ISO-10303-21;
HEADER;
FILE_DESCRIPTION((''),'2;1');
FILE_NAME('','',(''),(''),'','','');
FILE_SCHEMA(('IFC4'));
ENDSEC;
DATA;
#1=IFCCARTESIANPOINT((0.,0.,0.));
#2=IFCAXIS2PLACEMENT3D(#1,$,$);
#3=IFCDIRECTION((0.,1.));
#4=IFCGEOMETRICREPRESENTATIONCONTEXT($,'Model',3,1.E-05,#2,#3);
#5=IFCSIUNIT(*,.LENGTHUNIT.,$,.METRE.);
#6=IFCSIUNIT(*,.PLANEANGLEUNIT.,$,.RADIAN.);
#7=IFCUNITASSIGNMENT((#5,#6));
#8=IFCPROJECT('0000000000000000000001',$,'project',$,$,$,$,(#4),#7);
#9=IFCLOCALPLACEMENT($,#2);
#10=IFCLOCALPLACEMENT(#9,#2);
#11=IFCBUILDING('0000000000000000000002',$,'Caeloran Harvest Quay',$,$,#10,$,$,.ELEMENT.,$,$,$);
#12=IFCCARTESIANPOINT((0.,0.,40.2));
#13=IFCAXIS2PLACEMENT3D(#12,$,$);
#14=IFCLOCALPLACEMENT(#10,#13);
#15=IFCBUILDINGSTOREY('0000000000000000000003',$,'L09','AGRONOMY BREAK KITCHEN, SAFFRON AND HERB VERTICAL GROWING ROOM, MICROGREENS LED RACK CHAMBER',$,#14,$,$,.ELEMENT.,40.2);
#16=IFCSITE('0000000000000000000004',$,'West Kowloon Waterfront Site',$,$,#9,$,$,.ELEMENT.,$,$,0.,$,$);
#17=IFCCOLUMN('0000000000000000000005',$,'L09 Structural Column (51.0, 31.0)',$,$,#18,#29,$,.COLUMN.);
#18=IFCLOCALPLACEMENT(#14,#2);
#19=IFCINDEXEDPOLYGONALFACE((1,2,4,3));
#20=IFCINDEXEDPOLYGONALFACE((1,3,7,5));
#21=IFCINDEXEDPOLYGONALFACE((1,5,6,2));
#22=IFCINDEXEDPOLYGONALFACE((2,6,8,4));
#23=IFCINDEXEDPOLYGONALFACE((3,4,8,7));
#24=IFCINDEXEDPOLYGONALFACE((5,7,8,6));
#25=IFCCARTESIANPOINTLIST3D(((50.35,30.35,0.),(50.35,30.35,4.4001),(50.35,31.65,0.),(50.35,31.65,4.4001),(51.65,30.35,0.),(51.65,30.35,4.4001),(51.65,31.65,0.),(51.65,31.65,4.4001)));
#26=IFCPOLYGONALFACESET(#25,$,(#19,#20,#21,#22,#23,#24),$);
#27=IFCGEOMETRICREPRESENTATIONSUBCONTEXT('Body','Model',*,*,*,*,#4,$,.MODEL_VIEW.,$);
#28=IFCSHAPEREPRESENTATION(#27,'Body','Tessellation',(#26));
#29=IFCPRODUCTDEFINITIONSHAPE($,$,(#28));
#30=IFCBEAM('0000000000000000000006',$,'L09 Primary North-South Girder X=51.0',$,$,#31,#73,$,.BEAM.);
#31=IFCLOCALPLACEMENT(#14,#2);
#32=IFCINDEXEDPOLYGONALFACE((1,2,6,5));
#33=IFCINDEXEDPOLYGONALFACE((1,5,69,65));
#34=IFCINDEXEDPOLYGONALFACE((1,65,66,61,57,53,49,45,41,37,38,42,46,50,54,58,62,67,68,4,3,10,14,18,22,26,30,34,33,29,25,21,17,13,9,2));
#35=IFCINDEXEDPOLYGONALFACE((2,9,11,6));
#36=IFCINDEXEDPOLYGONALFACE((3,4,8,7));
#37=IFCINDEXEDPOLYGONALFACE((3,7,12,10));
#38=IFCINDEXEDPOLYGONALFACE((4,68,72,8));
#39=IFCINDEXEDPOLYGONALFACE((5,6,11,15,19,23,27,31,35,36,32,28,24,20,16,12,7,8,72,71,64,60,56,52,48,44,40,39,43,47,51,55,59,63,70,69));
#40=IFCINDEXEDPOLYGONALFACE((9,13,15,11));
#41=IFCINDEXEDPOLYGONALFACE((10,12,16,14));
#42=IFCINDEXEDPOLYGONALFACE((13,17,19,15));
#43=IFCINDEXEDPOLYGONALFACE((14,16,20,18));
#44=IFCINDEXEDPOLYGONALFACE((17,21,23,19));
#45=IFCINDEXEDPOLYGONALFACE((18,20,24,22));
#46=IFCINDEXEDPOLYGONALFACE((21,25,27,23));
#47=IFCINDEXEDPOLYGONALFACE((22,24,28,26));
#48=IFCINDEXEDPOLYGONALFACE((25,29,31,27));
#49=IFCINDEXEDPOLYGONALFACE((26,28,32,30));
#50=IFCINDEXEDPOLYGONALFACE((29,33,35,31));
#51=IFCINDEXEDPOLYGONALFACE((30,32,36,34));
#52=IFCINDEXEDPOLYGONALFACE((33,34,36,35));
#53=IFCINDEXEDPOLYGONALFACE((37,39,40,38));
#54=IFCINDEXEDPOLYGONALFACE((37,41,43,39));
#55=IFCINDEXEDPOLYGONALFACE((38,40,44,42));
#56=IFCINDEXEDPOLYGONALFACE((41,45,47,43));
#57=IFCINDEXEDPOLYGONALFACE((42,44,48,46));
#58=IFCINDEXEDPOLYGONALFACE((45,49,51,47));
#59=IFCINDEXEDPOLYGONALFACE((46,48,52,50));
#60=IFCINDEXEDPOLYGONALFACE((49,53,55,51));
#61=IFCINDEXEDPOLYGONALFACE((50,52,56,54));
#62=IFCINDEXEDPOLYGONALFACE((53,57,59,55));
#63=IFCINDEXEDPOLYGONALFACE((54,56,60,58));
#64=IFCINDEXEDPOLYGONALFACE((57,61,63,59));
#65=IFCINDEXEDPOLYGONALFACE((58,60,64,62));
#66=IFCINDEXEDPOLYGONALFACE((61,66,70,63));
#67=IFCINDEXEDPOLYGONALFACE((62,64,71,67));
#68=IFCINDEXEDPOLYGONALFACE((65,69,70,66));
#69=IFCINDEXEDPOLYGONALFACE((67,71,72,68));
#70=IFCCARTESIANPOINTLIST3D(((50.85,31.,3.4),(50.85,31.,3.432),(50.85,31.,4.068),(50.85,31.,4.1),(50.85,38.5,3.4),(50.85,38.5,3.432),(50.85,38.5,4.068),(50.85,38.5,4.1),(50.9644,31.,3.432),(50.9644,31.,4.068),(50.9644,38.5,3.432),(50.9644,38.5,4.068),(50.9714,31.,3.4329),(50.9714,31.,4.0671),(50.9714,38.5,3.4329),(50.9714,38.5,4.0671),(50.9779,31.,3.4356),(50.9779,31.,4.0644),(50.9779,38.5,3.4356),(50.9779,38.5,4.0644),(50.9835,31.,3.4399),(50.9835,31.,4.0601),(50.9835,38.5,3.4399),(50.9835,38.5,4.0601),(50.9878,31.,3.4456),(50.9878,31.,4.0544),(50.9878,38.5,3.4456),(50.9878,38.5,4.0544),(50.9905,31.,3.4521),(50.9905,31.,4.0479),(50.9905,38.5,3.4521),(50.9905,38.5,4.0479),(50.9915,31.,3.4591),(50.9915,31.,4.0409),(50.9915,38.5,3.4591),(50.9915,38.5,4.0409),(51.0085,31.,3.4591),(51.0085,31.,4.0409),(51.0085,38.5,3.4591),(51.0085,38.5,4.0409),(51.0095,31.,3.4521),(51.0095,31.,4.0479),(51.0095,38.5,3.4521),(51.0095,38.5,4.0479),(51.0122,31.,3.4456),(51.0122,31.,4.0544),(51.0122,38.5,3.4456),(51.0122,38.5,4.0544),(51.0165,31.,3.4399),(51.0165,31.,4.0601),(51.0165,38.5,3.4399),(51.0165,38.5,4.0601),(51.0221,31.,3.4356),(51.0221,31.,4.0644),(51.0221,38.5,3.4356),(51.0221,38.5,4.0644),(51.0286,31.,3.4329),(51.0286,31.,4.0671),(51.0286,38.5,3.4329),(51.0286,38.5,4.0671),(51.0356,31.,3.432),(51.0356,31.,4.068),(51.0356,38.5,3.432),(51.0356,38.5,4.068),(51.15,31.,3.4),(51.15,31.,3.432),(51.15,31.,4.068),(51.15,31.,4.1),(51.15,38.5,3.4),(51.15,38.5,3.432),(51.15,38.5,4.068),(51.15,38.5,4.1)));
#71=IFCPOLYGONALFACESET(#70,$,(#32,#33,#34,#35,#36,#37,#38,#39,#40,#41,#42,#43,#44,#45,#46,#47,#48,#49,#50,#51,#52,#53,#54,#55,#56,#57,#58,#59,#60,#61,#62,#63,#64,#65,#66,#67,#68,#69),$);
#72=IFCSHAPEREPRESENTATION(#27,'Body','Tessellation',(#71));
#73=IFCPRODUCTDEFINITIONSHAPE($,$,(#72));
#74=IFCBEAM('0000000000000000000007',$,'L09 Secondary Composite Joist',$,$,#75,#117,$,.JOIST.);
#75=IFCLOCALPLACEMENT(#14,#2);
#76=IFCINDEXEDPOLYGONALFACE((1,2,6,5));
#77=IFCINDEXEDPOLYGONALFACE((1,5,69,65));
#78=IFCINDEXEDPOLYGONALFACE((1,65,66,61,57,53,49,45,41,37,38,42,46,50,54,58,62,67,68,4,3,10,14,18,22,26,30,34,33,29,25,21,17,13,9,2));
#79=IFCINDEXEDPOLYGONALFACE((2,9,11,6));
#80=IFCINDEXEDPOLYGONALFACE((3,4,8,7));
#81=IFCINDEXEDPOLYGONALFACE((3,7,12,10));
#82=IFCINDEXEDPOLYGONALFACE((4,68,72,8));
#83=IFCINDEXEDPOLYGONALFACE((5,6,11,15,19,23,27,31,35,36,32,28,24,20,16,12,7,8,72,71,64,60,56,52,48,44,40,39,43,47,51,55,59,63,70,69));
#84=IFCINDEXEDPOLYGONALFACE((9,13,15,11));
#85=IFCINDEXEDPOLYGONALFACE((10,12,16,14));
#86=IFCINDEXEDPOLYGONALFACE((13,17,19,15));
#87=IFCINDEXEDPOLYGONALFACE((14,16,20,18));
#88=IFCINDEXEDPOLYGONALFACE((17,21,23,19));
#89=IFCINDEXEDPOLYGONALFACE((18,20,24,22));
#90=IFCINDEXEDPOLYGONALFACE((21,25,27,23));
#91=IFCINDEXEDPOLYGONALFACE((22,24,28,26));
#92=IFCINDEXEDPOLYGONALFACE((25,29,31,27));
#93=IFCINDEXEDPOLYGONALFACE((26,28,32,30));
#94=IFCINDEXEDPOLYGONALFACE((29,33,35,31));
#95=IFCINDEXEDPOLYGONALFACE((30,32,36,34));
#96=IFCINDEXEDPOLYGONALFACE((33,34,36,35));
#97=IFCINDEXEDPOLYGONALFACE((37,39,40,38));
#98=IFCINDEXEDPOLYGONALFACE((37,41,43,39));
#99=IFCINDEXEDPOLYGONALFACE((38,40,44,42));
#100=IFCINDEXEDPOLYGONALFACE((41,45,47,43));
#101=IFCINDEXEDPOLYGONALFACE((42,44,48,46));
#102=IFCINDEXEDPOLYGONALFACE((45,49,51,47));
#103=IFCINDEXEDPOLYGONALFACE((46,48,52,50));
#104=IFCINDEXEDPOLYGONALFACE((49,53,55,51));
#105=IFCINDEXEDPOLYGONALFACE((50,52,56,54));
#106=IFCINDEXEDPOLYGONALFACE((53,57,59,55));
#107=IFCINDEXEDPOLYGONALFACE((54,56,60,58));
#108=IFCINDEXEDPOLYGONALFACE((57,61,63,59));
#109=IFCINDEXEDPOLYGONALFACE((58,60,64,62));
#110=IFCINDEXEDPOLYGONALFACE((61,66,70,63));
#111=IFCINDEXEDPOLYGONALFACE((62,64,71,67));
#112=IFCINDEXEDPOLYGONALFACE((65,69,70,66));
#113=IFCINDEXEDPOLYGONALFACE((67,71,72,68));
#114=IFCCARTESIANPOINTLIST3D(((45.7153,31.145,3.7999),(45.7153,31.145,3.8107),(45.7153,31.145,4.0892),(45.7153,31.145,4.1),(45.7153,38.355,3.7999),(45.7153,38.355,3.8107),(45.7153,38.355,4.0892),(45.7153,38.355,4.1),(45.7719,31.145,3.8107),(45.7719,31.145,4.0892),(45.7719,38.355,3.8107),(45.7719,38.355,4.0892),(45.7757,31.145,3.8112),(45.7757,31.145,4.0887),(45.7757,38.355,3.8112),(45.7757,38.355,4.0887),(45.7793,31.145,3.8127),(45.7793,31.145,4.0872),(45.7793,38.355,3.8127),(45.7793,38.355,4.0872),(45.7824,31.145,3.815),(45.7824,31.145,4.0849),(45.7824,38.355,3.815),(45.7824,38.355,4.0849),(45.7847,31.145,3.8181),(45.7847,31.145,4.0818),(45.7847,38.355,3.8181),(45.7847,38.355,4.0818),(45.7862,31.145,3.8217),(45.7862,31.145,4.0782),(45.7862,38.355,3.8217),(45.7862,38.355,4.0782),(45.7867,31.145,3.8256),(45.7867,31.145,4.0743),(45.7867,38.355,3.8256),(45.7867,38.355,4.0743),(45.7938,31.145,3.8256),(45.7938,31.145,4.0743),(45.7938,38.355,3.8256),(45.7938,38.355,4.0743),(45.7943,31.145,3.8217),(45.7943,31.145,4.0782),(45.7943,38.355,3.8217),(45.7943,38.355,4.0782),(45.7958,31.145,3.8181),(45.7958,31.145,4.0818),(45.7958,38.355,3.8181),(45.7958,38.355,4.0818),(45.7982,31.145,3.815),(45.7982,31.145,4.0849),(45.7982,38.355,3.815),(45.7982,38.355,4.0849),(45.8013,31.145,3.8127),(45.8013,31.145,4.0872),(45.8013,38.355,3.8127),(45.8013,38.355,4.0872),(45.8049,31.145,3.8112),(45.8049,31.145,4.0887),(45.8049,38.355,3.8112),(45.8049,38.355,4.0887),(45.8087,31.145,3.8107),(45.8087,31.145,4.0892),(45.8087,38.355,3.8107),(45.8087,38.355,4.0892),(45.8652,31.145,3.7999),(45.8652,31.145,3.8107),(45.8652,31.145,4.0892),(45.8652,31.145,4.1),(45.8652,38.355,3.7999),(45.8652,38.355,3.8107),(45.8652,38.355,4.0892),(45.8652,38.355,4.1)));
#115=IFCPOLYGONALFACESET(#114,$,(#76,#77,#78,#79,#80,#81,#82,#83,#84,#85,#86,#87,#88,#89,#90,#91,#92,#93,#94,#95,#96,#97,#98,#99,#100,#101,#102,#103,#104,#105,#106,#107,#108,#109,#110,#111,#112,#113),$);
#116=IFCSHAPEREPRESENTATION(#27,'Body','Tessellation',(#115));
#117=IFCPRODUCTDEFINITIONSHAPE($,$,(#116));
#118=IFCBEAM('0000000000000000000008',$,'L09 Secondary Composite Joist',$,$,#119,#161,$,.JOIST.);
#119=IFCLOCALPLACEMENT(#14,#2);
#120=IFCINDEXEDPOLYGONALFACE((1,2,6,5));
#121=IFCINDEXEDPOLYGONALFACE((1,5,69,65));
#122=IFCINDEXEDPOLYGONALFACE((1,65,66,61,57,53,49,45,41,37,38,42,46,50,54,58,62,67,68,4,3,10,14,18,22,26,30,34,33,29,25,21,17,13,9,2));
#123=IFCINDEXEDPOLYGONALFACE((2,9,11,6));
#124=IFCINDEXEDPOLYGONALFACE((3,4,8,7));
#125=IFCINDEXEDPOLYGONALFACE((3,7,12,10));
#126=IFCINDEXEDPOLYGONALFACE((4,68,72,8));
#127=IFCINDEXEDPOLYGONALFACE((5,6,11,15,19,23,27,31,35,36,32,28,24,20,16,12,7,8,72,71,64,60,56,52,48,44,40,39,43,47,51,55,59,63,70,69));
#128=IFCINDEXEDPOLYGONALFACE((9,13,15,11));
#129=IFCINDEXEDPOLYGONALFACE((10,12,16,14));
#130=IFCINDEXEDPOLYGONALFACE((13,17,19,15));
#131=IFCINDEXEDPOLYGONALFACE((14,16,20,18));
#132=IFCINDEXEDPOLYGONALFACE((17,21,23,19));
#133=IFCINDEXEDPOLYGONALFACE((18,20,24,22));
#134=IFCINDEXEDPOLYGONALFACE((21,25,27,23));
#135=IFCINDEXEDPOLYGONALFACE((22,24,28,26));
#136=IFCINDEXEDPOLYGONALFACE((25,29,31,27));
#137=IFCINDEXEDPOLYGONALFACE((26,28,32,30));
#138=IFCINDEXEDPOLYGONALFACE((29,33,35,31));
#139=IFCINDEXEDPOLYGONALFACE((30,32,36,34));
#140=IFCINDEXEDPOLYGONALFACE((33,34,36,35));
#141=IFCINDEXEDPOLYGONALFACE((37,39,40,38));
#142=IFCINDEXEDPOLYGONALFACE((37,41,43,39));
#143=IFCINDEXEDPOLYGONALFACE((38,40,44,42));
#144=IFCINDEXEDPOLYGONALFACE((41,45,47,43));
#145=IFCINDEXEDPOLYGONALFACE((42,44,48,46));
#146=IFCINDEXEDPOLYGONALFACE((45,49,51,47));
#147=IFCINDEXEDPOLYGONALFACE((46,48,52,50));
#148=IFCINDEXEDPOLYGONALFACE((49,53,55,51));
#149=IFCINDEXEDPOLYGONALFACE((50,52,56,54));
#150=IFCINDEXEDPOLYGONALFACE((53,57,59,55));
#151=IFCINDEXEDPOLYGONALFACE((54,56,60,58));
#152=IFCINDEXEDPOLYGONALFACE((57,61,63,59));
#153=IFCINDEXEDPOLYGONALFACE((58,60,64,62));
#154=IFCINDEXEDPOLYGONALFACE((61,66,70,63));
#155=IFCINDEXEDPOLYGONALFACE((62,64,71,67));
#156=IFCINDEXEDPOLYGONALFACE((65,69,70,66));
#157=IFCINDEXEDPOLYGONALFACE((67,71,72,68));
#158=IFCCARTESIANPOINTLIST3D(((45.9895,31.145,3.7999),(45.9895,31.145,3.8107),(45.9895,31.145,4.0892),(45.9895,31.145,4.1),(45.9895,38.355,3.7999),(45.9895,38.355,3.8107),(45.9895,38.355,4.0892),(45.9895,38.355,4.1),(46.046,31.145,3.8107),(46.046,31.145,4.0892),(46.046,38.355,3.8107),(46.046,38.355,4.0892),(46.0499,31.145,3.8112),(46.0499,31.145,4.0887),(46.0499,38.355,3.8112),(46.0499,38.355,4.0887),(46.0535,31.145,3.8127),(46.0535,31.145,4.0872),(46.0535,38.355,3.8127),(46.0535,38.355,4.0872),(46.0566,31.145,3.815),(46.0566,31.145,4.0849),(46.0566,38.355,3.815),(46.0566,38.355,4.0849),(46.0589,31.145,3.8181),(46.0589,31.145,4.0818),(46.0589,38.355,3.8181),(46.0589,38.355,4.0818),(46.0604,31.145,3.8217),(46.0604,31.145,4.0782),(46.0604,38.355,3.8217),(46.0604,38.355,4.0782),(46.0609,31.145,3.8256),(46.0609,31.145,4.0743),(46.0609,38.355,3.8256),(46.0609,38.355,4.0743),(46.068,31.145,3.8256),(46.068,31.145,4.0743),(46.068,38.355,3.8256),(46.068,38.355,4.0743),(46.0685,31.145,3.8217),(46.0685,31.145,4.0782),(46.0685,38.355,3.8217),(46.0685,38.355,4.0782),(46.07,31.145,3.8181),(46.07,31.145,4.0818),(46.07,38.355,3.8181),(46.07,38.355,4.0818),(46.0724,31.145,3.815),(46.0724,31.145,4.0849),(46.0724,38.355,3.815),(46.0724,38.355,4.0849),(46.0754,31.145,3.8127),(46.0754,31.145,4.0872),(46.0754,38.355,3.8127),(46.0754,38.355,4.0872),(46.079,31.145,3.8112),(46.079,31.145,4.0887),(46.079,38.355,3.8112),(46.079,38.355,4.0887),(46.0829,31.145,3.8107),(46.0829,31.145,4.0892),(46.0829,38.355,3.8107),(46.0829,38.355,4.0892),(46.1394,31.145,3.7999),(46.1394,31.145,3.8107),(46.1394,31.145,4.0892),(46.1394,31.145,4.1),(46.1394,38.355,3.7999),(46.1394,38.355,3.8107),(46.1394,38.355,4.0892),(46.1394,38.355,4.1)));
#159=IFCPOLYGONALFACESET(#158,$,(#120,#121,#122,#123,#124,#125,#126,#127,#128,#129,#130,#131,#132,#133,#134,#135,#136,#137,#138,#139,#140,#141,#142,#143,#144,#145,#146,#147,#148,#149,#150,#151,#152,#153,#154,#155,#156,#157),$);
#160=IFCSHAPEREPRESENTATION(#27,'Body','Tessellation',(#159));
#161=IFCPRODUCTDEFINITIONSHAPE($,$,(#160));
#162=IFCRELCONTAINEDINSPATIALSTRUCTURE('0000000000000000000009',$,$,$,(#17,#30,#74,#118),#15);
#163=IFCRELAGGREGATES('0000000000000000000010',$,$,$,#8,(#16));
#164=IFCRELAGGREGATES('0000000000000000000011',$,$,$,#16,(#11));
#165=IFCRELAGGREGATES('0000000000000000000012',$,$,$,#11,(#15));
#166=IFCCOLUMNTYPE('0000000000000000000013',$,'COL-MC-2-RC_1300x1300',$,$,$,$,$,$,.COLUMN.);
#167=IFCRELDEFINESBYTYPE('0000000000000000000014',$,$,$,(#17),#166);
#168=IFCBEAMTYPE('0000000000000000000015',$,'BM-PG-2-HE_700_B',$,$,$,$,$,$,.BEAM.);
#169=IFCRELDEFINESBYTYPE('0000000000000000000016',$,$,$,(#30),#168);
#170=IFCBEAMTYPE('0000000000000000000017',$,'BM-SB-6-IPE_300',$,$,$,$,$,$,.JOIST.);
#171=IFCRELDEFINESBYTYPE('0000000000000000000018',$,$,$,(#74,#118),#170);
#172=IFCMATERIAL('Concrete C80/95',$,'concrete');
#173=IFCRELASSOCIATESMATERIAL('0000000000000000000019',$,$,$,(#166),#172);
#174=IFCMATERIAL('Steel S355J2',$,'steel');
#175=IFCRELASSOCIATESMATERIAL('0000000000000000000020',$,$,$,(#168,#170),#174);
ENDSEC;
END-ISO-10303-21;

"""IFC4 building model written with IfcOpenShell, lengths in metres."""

from ifc_helpers import new_model, si_unit, direction, frame, origin, origin_2d, place, context, subcontext, project, spatial, rectangle, i_section, extrude, material, material_profile, profile_set, type_object, element, save


model = new_model("IFC4")

# Units and contexts
model_context = context("Model", 3, precision=1e-05, world=origin(), true_north=direction((0.0, 1.0)))
body_context = subcontext(model_context, "Body", "Model", "MODEL_VIEW")
ifc_project = project(units=[si_unit("LENGTHUNIT", "METRE"), si_unit("PLANEANGLEUNIT", "RADIAN")], contexts=[model_context])

# Site, building, storey
site_placement = place(None, origin())
site = spatial("IfcSite", under=ifc_project, at=site_placement, Name="West Kowloon Waterfront Site", CompositionType="ELEMENT", RefElevation=0.0)
building_placement = place(site_placement, origin())
building = spatial("IfcBuilding", under=site, at=building_placement, Name="Caeloran Harvest Quay", CompositionType="ELEMENT")
storey_placement = place(building_placement, frame((0.0, 0.0, 40.2)))
storey = spatial("IfcBuildingStorey", under=building, at=storey_placement, Name="L09", Description="AGRONOMY BREAK KITCHEN, SAFFRON AND HERB VERTICAL GROWING ROOM, MICROGREENS LED RACK CHAMBER", CompositionType="ELEMENT", Elevation=40.2)

# Column
ifc_material_1 = material(Name="Concrete C80/95", Category="concrete")
ifc_material_profile_1 = material_profile(ifc_material_1, rectangle(XDim=1.3, YDim=1.3, at=origin_2d()), Name="RC 1300x1300")
ifc_profile_set_1 = profile_set([ifc_material_profile_1], Name="Concrete C80/95")
column_type = type_object("IfcColumnType", Name="COL-MC-2-RC_1300x1300", PredefinedType="COLUMN", material=ifc_profile_set_1)
column_placement = place(storey_placement, frame((51.0, 31.0, 0.0), z_axis=(0.0, 0.0, 1.0), x_axis=(1.0, 0.0, 0.0)))
element("IfcColumn", 1, at=column_placement, inside=storey, type_object=column_type, Name="L09 Structural Column (51.0, 31.0)", PredefinedType="COLUMN", context=body_context, shape_type="SweptSolid", body=[
    extrude(rectangle(XDim=1.3, YDim=1.3, at=origin_2d()), origin(), (0.0, 0.0, 1.0), 4.4001),
])

# Beams
ifc_material_2 = material(Name="Steel S355J2", Category="steel")
ifc_material_profile_2 = material_profile(ifc_material_2, i_section(OverallWidth=0.3, OverallDepth=0.7, WebThickness=0.0171, FlangeThickness=0.032, FilletRadius=0.0271, at=origin_2d()), Name="HE 700 B")
ifc_profile_set_2 = profile_set([ifc_material_profile_2], Name="Steel S355J2")
beam_type_1 = type_object("IfcBeamType", Name="BM-PG-2-HE_700_B", PredefinedType="BEAM", material=ifc_profile_set_2)
beam_placement = place(storey_placement, frame((51.0, 31.0, 3.75), z_axis=(0.0, 1.0, 0.0), x_axis=(-1.0, 0.0, 0.0)))
element("IfcBeam", 2, at=beam_placement, inside=storey, type_object=beam_type_1, Name="L09 Primary North-South Girder X=51.0", PredefinedType="BEAM", context=body_context, shape_type="SweptSolid", body=[
    extrude(i_section(OverallWidth=0.3, OverallDepth=0.7, WebThickness=0.0171, FlangeThickness=0.032, FilletRadius=0.0271, at=origin_2d()), origin(), (0.0, 0.0, 1.0), 7.5),
])
ifc_material_profile_3 = material_profile(ifc_material_2, i_section(OverallWidth=0.1499, OverallDepth=0.3, WebThickness=0.0071, FlangeThickness=0.0107, FilletRadius=0.0149, at=origin_2d()), Name="IPE 300")
ifc_profile_set_3 = profile_set([ifc_material_profile_3], Name="Steel S355J2")
beam_type_2 = type_object("IfcBeamType", Name="BM-SB-6-IPE_300", PredefinedType="JOIST", material=ifc_profile_set_3)
for number, where, z_axis, x_axis, name in (
    (3, (45.7903, 31.145, 3.95), (0.0, 1.0, 0.0), (-1.0, 0.0, 0.0), "L09 Secondary Composite Joist"),
    (4, (46.0645, 31.145, 3.95), (0.0, 1.0, 0.0), (-1.0, 0.0, 0.0), "L09 Secondary Composite Joist"),
):
    element("IfcBeam", number, at=place(storey_placement, frame(where, z_axis=z_axis, x_axis=x_axis)), inside=storey, type_object=beam_type_2, Name=name, PredefinedType="JOIST", context=body_context, shape_type="SweptSolid", body=[
        extrude(i_section(OverallWidth=0.1499, OverallDepth=0.3, WebThickness=0.0071, FlangeThickness=0.0107, FilletRadius=0.0149, at=origin_2d()), origin(), (0.0, 0.0, 1.0), 7.21),
    ])

save(model, "model.ifc")
